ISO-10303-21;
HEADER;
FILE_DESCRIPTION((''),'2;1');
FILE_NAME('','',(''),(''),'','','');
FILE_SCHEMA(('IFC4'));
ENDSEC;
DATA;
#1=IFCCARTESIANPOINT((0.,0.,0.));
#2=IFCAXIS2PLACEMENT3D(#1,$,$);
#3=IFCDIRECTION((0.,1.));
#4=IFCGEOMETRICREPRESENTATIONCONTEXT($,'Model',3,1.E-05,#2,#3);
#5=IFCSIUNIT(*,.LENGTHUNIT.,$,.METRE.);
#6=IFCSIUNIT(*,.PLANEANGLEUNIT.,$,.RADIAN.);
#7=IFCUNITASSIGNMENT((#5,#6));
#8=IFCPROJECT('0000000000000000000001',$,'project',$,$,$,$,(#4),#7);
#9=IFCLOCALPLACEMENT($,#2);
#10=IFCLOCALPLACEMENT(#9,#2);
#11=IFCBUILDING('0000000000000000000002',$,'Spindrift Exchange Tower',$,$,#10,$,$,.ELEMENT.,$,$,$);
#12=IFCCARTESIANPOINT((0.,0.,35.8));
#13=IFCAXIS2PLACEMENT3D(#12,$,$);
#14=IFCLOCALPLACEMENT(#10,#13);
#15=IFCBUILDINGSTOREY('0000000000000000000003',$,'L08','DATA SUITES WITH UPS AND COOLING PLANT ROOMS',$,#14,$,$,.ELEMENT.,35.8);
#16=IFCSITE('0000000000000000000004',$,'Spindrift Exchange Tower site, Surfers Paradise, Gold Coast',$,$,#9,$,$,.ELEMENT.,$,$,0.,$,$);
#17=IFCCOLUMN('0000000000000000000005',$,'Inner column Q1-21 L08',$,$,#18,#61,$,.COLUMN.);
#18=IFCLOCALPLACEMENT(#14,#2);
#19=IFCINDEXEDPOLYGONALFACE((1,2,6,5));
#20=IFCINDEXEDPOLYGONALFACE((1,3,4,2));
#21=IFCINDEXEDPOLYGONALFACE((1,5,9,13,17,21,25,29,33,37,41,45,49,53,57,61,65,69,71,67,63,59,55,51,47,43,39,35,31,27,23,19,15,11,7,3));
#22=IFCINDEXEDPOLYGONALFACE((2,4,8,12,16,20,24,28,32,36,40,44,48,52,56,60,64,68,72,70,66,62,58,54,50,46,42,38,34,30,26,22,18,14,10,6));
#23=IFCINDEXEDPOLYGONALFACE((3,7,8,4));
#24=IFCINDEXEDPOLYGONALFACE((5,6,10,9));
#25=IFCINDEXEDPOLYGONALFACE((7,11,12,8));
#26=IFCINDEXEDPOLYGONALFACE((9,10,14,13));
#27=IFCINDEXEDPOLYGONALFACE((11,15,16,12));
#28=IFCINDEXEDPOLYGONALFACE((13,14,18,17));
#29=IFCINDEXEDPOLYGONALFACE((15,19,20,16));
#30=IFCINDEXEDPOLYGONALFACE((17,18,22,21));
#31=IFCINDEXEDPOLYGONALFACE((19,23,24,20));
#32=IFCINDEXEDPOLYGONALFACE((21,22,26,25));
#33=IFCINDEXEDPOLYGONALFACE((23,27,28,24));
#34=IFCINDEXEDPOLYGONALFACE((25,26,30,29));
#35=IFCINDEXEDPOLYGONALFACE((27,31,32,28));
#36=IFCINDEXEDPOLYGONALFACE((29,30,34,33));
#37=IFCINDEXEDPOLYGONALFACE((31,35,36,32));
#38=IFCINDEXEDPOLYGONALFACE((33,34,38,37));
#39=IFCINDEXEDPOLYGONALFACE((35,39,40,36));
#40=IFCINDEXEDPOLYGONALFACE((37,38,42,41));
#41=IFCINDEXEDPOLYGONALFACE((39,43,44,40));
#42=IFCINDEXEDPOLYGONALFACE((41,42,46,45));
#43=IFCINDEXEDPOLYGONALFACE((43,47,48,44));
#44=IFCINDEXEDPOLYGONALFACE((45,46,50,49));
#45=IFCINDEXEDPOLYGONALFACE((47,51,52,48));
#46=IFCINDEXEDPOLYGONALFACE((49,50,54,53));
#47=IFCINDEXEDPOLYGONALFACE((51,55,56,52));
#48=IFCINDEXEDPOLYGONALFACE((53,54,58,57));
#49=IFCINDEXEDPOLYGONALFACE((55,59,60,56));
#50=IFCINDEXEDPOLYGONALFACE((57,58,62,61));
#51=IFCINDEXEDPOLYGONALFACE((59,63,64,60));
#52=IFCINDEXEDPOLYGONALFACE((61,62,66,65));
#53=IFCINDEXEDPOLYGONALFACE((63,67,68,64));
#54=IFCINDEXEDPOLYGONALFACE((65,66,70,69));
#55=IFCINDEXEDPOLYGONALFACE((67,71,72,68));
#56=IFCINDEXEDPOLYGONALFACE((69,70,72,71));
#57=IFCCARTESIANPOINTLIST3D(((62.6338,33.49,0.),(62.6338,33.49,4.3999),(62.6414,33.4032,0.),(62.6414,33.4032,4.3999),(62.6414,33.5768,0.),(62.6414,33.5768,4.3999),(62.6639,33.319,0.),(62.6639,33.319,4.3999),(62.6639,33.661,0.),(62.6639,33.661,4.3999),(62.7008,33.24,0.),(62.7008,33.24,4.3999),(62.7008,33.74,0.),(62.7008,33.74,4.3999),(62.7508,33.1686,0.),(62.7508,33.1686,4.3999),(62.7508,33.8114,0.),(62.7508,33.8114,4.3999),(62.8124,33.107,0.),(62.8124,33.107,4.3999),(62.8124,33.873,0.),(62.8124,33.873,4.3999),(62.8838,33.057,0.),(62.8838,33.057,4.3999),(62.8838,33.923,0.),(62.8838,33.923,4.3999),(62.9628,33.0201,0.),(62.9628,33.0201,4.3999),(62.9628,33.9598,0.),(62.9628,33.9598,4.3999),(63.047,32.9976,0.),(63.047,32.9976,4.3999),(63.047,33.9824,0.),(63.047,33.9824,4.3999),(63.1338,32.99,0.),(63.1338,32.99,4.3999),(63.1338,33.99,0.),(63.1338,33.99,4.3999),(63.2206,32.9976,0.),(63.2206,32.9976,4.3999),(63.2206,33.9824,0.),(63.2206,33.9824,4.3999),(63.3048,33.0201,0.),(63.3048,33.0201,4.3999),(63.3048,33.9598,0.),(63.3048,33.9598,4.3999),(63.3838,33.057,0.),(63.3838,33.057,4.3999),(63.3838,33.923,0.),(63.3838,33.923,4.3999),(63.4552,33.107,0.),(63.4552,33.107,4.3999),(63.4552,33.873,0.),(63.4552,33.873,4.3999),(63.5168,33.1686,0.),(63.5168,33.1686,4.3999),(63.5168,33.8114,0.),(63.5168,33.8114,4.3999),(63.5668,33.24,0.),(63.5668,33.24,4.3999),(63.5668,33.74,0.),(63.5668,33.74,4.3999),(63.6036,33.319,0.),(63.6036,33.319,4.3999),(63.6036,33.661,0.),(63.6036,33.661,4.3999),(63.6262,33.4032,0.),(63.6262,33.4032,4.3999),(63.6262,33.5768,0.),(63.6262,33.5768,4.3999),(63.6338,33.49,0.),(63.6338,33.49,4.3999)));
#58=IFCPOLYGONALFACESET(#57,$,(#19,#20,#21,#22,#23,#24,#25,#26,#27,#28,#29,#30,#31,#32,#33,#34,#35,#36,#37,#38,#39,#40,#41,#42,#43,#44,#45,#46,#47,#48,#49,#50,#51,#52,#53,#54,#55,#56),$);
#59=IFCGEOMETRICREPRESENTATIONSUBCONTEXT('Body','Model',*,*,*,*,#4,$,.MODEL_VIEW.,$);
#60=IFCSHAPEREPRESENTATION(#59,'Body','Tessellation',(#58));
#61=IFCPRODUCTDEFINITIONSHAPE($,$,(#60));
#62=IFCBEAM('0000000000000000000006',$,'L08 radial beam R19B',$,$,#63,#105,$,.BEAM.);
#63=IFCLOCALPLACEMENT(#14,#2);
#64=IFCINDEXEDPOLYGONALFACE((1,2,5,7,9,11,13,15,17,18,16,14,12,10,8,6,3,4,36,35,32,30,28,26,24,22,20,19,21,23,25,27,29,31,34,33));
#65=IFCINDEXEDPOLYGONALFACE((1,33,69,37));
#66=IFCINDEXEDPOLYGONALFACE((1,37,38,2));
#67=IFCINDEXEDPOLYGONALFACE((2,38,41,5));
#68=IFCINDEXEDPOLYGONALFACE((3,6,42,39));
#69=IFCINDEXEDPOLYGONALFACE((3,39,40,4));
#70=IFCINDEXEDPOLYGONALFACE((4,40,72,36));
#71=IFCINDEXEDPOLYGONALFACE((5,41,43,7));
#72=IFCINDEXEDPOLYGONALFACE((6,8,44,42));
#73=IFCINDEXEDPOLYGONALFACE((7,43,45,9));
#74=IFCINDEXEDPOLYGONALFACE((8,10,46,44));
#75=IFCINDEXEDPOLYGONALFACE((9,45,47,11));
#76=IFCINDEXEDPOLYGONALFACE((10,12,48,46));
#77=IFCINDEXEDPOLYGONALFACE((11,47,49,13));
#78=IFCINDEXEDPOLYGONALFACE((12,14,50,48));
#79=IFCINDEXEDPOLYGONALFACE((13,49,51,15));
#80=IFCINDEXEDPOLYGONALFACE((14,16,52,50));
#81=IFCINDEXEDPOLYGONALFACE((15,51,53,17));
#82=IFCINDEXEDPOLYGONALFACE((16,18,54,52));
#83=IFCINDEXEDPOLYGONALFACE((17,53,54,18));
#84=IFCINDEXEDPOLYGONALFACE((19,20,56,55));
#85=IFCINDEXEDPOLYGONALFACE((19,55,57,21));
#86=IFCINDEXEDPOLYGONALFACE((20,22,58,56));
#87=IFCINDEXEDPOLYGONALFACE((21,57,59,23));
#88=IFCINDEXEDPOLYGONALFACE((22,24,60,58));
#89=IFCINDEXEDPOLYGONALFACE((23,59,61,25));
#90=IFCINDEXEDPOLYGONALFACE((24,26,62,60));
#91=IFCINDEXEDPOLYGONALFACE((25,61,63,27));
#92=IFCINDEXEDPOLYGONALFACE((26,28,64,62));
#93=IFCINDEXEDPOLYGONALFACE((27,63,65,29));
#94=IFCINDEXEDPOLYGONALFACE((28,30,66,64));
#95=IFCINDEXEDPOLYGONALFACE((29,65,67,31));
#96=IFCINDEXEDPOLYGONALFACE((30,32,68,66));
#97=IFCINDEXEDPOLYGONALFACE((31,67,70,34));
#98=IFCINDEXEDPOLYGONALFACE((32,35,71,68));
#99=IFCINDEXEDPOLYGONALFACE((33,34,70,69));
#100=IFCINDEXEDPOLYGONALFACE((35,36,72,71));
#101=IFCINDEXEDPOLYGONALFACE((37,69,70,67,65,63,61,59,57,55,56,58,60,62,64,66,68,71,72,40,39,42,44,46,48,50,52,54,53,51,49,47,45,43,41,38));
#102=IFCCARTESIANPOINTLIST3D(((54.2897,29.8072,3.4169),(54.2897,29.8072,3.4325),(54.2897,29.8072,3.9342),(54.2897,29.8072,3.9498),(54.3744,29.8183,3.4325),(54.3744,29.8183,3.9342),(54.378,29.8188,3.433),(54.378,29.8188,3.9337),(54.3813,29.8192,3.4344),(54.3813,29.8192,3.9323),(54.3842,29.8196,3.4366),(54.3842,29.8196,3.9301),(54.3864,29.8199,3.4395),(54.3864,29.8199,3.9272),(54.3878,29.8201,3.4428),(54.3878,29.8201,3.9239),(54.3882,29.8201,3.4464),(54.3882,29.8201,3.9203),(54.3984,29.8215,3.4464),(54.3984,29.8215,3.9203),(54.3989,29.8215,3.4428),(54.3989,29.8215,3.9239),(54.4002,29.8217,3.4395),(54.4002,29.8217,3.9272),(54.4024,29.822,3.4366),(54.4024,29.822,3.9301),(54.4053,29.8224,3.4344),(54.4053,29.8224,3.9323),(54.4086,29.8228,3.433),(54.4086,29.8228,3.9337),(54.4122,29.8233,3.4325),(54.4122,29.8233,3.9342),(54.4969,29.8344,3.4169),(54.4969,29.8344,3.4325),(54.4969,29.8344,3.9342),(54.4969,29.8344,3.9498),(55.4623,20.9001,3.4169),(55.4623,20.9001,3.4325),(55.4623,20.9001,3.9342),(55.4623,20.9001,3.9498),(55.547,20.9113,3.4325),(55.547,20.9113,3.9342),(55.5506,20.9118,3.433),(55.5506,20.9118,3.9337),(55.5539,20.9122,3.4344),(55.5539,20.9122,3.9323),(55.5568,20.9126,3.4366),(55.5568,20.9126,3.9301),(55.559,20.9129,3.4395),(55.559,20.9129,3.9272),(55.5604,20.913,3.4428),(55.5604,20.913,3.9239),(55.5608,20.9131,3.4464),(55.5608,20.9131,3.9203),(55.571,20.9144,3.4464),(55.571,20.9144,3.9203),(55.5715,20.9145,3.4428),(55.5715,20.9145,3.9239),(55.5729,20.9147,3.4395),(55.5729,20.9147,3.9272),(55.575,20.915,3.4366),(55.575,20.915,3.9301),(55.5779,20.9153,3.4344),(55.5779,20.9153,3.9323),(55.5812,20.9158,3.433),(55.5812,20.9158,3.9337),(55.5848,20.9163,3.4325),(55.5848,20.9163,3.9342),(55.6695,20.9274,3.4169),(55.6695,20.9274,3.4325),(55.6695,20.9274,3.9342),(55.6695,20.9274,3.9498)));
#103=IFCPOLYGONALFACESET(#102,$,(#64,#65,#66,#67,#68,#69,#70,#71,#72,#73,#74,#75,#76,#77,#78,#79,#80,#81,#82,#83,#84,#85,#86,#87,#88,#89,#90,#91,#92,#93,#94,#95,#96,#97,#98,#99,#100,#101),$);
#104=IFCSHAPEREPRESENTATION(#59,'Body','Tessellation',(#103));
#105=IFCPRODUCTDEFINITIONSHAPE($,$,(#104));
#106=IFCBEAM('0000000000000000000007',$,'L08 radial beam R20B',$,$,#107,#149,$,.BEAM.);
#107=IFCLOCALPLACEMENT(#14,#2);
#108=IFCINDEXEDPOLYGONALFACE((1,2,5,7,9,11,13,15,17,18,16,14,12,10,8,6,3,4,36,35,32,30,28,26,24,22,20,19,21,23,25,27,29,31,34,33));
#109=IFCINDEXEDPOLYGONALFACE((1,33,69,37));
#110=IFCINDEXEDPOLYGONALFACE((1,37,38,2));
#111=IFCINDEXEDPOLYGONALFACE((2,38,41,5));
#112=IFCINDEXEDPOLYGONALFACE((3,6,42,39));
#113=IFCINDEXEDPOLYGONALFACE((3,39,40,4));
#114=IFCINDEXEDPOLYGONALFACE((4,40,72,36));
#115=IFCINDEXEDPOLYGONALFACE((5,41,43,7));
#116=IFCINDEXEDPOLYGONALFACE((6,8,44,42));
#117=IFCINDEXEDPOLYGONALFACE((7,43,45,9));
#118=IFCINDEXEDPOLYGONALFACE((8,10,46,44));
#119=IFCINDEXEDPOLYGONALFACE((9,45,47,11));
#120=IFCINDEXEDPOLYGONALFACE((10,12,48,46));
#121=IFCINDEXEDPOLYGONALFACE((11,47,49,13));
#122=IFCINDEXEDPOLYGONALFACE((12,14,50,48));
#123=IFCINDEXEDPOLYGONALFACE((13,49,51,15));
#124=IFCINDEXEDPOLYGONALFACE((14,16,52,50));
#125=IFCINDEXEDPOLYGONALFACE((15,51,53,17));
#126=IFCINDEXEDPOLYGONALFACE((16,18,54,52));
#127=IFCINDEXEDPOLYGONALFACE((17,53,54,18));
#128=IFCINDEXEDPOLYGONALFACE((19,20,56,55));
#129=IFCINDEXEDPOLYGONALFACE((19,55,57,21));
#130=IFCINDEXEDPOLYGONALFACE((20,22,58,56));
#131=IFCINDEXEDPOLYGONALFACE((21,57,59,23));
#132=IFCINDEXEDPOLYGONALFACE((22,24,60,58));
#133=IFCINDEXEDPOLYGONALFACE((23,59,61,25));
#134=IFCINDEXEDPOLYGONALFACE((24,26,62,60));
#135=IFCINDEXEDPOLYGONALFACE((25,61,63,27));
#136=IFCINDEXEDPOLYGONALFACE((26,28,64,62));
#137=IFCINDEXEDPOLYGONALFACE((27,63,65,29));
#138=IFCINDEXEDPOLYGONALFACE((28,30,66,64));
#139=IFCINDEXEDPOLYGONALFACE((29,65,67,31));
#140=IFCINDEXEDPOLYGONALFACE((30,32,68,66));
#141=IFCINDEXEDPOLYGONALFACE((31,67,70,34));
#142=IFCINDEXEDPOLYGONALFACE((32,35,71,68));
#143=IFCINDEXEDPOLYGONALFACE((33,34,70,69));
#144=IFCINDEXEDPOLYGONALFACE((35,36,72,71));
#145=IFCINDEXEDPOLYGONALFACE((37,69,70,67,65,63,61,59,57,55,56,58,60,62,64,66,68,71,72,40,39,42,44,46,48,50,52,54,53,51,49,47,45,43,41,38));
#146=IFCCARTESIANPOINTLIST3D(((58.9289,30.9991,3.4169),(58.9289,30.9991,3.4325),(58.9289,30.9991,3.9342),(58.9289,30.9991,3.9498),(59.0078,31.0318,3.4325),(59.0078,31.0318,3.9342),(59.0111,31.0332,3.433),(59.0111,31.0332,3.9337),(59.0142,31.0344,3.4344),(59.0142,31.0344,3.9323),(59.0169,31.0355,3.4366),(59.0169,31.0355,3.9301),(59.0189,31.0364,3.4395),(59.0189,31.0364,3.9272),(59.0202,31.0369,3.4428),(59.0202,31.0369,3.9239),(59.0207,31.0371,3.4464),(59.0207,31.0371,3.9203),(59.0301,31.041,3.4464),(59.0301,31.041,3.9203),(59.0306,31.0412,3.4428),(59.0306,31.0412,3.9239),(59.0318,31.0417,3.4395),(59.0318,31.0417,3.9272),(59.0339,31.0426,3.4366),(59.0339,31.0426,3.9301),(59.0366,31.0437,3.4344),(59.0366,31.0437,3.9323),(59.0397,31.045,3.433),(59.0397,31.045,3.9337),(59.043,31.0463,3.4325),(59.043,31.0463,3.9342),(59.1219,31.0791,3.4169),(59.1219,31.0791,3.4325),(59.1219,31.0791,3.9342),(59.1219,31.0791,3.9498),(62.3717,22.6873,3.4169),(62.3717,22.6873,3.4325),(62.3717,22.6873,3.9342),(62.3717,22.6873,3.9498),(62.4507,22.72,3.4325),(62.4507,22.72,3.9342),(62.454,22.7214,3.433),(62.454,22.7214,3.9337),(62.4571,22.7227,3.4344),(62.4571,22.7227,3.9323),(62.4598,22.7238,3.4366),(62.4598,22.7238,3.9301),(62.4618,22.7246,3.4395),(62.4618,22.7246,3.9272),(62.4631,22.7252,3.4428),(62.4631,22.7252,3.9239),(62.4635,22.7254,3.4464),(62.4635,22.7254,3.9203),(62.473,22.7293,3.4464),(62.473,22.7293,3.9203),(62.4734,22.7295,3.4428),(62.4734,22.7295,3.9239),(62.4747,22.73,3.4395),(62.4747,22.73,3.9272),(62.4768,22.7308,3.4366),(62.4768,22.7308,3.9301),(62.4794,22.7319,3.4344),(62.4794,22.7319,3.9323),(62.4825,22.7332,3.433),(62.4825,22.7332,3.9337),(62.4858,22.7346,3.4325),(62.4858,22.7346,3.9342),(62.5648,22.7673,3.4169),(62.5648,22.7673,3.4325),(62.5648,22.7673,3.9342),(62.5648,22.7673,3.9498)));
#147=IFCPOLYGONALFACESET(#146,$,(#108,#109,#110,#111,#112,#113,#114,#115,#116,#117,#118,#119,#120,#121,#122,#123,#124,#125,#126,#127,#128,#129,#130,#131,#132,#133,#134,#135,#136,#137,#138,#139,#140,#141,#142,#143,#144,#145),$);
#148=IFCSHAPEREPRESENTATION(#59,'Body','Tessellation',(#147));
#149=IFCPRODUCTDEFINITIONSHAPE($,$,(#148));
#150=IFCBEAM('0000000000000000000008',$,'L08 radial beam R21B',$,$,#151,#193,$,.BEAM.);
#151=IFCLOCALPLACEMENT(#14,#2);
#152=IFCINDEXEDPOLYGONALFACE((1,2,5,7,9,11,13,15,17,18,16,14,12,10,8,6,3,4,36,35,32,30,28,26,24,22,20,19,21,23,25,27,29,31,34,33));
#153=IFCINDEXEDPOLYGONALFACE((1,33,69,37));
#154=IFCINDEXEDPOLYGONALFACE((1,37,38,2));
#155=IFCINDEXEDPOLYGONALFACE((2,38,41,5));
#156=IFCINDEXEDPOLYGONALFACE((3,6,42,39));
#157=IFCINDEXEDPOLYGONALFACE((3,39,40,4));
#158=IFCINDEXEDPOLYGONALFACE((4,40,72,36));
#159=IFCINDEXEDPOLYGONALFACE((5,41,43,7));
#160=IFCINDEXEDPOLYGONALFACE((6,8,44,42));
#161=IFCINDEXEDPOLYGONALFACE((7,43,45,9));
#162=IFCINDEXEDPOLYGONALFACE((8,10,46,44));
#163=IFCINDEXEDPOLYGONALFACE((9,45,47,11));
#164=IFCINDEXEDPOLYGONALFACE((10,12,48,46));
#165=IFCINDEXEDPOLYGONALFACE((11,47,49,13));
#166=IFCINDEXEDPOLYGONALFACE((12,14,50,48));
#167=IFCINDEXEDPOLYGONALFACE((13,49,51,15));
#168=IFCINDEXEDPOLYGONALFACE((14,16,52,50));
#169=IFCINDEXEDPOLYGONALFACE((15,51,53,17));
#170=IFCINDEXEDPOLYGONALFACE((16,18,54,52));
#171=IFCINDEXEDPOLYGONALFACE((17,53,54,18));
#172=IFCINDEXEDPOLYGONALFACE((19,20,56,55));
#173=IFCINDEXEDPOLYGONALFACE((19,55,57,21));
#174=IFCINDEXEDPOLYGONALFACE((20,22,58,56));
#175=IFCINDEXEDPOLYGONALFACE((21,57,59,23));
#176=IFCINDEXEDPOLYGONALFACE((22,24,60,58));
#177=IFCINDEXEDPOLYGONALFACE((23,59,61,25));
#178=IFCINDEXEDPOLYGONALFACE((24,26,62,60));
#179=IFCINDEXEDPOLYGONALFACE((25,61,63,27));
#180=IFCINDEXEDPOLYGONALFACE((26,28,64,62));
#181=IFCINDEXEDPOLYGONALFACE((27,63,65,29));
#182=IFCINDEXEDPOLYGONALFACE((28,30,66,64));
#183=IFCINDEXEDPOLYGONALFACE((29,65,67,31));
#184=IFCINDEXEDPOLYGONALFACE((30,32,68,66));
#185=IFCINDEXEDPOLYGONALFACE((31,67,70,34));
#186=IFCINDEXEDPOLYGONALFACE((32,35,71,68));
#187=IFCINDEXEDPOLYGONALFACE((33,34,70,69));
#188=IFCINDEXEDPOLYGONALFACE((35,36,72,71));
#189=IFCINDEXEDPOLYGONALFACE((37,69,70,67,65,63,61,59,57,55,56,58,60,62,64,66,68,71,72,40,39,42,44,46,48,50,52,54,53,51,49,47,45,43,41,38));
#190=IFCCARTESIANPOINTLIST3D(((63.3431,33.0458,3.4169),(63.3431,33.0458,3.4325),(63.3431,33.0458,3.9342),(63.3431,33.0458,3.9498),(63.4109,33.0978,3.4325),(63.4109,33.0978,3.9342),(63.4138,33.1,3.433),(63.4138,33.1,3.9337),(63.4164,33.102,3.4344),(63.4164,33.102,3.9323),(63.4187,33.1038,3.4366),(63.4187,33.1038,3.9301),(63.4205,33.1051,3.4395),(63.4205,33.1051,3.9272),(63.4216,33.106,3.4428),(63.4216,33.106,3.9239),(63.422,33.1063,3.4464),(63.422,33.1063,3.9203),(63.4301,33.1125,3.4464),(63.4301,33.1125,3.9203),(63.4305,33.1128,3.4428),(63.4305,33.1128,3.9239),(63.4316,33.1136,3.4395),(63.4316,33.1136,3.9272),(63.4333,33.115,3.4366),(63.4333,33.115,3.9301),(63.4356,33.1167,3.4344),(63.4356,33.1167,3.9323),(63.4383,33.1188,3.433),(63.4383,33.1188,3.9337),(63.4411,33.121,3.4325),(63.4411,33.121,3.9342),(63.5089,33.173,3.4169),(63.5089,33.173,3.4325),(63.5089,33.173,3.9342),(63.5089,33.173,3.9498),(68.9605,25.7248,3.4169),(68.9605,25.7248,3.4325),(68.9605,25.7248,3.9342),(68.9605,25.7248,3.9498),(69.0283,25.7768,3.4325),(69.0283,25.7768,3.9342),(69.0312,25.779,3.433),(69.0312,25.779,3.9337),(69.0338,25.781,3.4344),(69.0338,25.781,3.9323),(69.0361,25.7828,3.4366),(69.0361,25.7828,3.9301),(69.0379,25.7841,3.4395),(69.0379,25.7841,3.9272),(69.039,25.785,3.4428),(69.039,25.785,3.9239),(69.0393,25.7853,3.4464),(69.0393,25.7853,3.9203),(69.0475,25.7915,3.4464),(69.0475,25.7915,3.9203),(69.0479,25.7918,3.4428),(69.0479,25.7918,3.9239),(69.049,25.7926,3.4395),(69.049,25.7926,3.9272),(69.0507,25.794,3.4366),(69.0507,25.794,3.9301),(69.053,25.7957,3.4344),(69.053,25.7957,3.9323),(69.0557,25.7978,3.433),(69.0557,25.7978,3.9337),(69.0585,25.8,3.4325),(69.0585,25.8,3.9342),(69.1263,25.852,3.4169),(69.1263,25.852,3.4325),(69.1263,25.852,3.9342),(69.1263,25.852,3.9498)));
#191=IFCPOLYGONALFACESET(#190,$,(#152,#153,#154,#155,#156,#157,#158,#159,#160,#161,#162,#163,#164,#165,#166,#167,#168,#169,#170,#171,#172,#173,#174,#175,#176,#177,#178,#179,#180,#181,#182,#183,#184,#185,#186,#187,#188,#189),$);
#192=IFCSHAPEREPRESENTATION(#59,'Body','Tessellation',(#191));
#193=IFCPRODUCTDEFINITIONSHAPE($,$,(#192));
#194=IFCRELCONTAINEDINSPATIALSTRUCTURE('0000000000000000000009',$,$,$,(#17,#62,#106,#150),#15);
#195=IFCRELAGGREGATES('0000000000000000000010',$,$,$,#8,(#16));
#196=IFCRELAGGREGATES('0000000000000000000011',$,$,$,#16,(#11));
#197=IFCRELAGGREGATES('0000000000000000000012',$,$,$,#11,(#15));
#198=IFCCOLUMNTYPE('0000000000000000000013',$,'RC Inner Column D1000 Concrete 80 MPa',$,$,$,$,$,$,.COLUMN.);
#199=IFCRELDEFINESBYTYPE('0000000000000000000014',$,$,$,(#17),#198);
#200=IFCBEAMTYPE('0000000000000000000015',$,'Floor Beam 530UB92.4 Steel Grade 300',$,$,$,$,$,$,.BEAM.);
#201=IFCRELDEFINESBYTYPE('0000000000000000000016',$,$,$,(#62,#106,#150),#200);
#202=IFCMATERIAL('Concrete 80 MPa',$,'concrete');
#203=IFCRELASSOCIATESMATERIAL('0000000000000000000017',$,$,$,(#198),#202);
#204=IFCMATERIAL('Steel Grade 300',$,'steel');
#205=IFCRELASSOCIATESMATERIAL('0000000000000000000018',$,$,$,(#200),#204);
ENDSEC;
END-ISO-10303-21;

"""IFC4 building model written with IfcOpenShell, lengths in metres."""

from ifc_helpers import new_model, si_unit, direction, frame, origin, origin_2d, place, context, subcontext, project, spatial, circle, i_section, extrude, source, transform, mapped, material, material_profile, profile_set, type_object, element, save


model = new_model("IFC4")

# Units and contexts
model_context = context("Model", 3, precision=1e-05, world=origin(), true_north=direction((0.0, 1.0)))
body_context = subcontext(model_context, "Body", "Model", "MODEL_VIEW")
ifc_project = project(units=[si_unit("LENGTHUNIT", "METRE"), si_unit("PLANEANGLEUNIT", "RADIAN")], contexts=[model_context])

# Site, building, storey
site_placement = place(None, origin())
site = spatial("IfcSite", under=ifc_project, at=site_placement, Name="Spindrift Exchange Tower site, Surfers Paradise, Gold Coast", CompositionType="ELEMENT", RefElevation=0.0)
building_placement = place(site_placement, origin())
building = spatial("IfcBuilding", under=site, at=building_placement, Name="Spindrift Exchange Tower", CompositionType="ELEMENT")
storey_placement = place(building_placement, frame((0.0, 0.0, 35.8)))
storey = spatial("IfcBuildingStorey", under=building, at=storey_placement, Name="L08", Description="DATA SUITES WITH UPS AND COOLING PLANT ROOMS", CompositionType="ELEMENT", Elevation=35.8)

# Column
ifc_material_1 = material(Name="Concrete 80 MPa", Category="concrete")
ifc_material_profile_1 = material_profile(ifc_material_1, circle(Radius=0.5, at=origin_2d()), Name="RC D1000")
ifc_profile_set_1 = profile_set([ifc_material_profile_1], Name="Concrete 80 MPa")
column_type_1 = type_object("IfcColumnType", Name="RC Inner Column D1000 Concrete 80 MPa", PredefinedType="COLUMN", material=ifc_profile_set_1)
shared_shape_1 = source(origin(), body_context, "Body", "SweptSolid", [
    extrude(circle(Radius=0.5, at=origin_2d()), origin(), (0.0, 0.0, 1.0), 4.3999),
])
for number, where, z_axis, x_axis, name in (
    (1, (63.1338, 33.49, 0.0), (0.0, 0.0, 1.0), (1.0, 0.0, 0.0), "Inner column Q1-21 L08"),
):
    element("IfcColumn", number, at=place(storey_placement, frame(where, z_axis=z_axis, x_axis=x_axis)), inside=storey, type_object=column_type_1, Name=name, PredefinedType="COLUMN", context=body_context, shape_type="MappedRepresentation", body=[
        mapped(shared_shape_1, transform((0.0, 0.0, 0.0), scale=1.0)),
    ])

# Beams
ifc_material_2 = material(Name="Steel Grade 300", Category="steel")
ifc_material_profile_2 = material_profile(ifc_material_2, i_section(OverallWidth=0.209, OverallDepth=0.533, WebThickness=0.0103, FlangeThickness=0.0156, FilletRadius=0.0139, at=origin_2d()), Name="530UB92.4")
ifc_profile_set_2 = profile_set([ifc_material_profile_2], Name="Steel Grade 300")
beam_type_1 = type_object("IfcBeamType", Name="Floor Beam 530UB92.4 Steel Grade 300", PredefinedType="BEAM", material=ifc_profile_set_2)
shared_shape_2 = source(origin(), body_context, "Body", "SweptSolid", [
    extrude(i_section(OverallWidth=0.209, OverallDepth=0.533, WebThickness=0.0103, FlangeThickness=0.0156, FilletRadius=0.0139, at=origin_2d()), origin(), (0.0, 0.0, 1.0), 8.9839),
])
beam_1_placement = place(storey_placement, frame((54.3933, 29.8208, 3.6833), z_axis=(0.130524, -0.991445, 0.0), x_axis=(0.991445, 0.130524, 0.0)))
element("IfcBeam", 2, at=beam_1_placement, inside=storey, type_object=beam_type_1, Name="L08 radial beam R19B", PredefinedType="BEAM", context=body_context, shape_type="MappedRepresentation", body=[
    mapped(shared_shape_2, transform((0.0, 0.0, 0.0), scale=1.0)),
])
shared_shape_3 = source(origin(), body_context, "Body", "SweptSolid", [
    extrude(i_section(OverallWidth=0.209, OverallDepth=0.533, WebThickness=0.0103, FlangeThickness=0.0156, FilletRadius=0.0139, at=origin_2d()), origin(), (0.0, 0.0, 1.0), 8.9966),
])
beam_2_placement = place(storey_placement, frame((59.0254, 31.0391, 3.6833), z_axis=(0.382686, -0.923879, 0.0), x_axis=(0.923879, 0.382686, 0.0)))
element("IfcBeam", 3, at=beam_2_placement, inside=storey, type_object=beam_type_1, Name="L08 radial beam R20B", PredefinedType="BEAM", context=body_context, shape_type="MappedRepresentation", body=[
    mapped(shared_shape_3, transform((0.0, 0.0, 0.0), scale=1.0)),
])
shared_shape_4 = source(origin(), body_context, "Body", "SweptSolid", [
    extrude(i_section(OverallWidth=0.209, OverallDepth=0.533, WebThickness=0.0103, FlangeThickness=0.0156, FilletRadius=0.0139, at=origin_2d()), origin(), (0.0, 0.0, 1.0), 9.2278),
])
beam_3_placement = place(storey_placement, frame((63.426, 33.1094, 3.6833), z_axis=(0.608748, -0.793364, 0.0), x_axis=(0.793364, 0.608748, 0.0)))
element("IfcBeam", 4, at=beam_3_placement, inside=storey, type_object=beam_type_1, Name="L08 radial beam R21B", PredefinedType="BEAM", context=body_context, shape_type="MappedRepresentation", body=[
    mapped(shared_shape_4, transform((0.0, 0.0, 0.0), scale=1.0)),
])

save(model, "model.ifc")
